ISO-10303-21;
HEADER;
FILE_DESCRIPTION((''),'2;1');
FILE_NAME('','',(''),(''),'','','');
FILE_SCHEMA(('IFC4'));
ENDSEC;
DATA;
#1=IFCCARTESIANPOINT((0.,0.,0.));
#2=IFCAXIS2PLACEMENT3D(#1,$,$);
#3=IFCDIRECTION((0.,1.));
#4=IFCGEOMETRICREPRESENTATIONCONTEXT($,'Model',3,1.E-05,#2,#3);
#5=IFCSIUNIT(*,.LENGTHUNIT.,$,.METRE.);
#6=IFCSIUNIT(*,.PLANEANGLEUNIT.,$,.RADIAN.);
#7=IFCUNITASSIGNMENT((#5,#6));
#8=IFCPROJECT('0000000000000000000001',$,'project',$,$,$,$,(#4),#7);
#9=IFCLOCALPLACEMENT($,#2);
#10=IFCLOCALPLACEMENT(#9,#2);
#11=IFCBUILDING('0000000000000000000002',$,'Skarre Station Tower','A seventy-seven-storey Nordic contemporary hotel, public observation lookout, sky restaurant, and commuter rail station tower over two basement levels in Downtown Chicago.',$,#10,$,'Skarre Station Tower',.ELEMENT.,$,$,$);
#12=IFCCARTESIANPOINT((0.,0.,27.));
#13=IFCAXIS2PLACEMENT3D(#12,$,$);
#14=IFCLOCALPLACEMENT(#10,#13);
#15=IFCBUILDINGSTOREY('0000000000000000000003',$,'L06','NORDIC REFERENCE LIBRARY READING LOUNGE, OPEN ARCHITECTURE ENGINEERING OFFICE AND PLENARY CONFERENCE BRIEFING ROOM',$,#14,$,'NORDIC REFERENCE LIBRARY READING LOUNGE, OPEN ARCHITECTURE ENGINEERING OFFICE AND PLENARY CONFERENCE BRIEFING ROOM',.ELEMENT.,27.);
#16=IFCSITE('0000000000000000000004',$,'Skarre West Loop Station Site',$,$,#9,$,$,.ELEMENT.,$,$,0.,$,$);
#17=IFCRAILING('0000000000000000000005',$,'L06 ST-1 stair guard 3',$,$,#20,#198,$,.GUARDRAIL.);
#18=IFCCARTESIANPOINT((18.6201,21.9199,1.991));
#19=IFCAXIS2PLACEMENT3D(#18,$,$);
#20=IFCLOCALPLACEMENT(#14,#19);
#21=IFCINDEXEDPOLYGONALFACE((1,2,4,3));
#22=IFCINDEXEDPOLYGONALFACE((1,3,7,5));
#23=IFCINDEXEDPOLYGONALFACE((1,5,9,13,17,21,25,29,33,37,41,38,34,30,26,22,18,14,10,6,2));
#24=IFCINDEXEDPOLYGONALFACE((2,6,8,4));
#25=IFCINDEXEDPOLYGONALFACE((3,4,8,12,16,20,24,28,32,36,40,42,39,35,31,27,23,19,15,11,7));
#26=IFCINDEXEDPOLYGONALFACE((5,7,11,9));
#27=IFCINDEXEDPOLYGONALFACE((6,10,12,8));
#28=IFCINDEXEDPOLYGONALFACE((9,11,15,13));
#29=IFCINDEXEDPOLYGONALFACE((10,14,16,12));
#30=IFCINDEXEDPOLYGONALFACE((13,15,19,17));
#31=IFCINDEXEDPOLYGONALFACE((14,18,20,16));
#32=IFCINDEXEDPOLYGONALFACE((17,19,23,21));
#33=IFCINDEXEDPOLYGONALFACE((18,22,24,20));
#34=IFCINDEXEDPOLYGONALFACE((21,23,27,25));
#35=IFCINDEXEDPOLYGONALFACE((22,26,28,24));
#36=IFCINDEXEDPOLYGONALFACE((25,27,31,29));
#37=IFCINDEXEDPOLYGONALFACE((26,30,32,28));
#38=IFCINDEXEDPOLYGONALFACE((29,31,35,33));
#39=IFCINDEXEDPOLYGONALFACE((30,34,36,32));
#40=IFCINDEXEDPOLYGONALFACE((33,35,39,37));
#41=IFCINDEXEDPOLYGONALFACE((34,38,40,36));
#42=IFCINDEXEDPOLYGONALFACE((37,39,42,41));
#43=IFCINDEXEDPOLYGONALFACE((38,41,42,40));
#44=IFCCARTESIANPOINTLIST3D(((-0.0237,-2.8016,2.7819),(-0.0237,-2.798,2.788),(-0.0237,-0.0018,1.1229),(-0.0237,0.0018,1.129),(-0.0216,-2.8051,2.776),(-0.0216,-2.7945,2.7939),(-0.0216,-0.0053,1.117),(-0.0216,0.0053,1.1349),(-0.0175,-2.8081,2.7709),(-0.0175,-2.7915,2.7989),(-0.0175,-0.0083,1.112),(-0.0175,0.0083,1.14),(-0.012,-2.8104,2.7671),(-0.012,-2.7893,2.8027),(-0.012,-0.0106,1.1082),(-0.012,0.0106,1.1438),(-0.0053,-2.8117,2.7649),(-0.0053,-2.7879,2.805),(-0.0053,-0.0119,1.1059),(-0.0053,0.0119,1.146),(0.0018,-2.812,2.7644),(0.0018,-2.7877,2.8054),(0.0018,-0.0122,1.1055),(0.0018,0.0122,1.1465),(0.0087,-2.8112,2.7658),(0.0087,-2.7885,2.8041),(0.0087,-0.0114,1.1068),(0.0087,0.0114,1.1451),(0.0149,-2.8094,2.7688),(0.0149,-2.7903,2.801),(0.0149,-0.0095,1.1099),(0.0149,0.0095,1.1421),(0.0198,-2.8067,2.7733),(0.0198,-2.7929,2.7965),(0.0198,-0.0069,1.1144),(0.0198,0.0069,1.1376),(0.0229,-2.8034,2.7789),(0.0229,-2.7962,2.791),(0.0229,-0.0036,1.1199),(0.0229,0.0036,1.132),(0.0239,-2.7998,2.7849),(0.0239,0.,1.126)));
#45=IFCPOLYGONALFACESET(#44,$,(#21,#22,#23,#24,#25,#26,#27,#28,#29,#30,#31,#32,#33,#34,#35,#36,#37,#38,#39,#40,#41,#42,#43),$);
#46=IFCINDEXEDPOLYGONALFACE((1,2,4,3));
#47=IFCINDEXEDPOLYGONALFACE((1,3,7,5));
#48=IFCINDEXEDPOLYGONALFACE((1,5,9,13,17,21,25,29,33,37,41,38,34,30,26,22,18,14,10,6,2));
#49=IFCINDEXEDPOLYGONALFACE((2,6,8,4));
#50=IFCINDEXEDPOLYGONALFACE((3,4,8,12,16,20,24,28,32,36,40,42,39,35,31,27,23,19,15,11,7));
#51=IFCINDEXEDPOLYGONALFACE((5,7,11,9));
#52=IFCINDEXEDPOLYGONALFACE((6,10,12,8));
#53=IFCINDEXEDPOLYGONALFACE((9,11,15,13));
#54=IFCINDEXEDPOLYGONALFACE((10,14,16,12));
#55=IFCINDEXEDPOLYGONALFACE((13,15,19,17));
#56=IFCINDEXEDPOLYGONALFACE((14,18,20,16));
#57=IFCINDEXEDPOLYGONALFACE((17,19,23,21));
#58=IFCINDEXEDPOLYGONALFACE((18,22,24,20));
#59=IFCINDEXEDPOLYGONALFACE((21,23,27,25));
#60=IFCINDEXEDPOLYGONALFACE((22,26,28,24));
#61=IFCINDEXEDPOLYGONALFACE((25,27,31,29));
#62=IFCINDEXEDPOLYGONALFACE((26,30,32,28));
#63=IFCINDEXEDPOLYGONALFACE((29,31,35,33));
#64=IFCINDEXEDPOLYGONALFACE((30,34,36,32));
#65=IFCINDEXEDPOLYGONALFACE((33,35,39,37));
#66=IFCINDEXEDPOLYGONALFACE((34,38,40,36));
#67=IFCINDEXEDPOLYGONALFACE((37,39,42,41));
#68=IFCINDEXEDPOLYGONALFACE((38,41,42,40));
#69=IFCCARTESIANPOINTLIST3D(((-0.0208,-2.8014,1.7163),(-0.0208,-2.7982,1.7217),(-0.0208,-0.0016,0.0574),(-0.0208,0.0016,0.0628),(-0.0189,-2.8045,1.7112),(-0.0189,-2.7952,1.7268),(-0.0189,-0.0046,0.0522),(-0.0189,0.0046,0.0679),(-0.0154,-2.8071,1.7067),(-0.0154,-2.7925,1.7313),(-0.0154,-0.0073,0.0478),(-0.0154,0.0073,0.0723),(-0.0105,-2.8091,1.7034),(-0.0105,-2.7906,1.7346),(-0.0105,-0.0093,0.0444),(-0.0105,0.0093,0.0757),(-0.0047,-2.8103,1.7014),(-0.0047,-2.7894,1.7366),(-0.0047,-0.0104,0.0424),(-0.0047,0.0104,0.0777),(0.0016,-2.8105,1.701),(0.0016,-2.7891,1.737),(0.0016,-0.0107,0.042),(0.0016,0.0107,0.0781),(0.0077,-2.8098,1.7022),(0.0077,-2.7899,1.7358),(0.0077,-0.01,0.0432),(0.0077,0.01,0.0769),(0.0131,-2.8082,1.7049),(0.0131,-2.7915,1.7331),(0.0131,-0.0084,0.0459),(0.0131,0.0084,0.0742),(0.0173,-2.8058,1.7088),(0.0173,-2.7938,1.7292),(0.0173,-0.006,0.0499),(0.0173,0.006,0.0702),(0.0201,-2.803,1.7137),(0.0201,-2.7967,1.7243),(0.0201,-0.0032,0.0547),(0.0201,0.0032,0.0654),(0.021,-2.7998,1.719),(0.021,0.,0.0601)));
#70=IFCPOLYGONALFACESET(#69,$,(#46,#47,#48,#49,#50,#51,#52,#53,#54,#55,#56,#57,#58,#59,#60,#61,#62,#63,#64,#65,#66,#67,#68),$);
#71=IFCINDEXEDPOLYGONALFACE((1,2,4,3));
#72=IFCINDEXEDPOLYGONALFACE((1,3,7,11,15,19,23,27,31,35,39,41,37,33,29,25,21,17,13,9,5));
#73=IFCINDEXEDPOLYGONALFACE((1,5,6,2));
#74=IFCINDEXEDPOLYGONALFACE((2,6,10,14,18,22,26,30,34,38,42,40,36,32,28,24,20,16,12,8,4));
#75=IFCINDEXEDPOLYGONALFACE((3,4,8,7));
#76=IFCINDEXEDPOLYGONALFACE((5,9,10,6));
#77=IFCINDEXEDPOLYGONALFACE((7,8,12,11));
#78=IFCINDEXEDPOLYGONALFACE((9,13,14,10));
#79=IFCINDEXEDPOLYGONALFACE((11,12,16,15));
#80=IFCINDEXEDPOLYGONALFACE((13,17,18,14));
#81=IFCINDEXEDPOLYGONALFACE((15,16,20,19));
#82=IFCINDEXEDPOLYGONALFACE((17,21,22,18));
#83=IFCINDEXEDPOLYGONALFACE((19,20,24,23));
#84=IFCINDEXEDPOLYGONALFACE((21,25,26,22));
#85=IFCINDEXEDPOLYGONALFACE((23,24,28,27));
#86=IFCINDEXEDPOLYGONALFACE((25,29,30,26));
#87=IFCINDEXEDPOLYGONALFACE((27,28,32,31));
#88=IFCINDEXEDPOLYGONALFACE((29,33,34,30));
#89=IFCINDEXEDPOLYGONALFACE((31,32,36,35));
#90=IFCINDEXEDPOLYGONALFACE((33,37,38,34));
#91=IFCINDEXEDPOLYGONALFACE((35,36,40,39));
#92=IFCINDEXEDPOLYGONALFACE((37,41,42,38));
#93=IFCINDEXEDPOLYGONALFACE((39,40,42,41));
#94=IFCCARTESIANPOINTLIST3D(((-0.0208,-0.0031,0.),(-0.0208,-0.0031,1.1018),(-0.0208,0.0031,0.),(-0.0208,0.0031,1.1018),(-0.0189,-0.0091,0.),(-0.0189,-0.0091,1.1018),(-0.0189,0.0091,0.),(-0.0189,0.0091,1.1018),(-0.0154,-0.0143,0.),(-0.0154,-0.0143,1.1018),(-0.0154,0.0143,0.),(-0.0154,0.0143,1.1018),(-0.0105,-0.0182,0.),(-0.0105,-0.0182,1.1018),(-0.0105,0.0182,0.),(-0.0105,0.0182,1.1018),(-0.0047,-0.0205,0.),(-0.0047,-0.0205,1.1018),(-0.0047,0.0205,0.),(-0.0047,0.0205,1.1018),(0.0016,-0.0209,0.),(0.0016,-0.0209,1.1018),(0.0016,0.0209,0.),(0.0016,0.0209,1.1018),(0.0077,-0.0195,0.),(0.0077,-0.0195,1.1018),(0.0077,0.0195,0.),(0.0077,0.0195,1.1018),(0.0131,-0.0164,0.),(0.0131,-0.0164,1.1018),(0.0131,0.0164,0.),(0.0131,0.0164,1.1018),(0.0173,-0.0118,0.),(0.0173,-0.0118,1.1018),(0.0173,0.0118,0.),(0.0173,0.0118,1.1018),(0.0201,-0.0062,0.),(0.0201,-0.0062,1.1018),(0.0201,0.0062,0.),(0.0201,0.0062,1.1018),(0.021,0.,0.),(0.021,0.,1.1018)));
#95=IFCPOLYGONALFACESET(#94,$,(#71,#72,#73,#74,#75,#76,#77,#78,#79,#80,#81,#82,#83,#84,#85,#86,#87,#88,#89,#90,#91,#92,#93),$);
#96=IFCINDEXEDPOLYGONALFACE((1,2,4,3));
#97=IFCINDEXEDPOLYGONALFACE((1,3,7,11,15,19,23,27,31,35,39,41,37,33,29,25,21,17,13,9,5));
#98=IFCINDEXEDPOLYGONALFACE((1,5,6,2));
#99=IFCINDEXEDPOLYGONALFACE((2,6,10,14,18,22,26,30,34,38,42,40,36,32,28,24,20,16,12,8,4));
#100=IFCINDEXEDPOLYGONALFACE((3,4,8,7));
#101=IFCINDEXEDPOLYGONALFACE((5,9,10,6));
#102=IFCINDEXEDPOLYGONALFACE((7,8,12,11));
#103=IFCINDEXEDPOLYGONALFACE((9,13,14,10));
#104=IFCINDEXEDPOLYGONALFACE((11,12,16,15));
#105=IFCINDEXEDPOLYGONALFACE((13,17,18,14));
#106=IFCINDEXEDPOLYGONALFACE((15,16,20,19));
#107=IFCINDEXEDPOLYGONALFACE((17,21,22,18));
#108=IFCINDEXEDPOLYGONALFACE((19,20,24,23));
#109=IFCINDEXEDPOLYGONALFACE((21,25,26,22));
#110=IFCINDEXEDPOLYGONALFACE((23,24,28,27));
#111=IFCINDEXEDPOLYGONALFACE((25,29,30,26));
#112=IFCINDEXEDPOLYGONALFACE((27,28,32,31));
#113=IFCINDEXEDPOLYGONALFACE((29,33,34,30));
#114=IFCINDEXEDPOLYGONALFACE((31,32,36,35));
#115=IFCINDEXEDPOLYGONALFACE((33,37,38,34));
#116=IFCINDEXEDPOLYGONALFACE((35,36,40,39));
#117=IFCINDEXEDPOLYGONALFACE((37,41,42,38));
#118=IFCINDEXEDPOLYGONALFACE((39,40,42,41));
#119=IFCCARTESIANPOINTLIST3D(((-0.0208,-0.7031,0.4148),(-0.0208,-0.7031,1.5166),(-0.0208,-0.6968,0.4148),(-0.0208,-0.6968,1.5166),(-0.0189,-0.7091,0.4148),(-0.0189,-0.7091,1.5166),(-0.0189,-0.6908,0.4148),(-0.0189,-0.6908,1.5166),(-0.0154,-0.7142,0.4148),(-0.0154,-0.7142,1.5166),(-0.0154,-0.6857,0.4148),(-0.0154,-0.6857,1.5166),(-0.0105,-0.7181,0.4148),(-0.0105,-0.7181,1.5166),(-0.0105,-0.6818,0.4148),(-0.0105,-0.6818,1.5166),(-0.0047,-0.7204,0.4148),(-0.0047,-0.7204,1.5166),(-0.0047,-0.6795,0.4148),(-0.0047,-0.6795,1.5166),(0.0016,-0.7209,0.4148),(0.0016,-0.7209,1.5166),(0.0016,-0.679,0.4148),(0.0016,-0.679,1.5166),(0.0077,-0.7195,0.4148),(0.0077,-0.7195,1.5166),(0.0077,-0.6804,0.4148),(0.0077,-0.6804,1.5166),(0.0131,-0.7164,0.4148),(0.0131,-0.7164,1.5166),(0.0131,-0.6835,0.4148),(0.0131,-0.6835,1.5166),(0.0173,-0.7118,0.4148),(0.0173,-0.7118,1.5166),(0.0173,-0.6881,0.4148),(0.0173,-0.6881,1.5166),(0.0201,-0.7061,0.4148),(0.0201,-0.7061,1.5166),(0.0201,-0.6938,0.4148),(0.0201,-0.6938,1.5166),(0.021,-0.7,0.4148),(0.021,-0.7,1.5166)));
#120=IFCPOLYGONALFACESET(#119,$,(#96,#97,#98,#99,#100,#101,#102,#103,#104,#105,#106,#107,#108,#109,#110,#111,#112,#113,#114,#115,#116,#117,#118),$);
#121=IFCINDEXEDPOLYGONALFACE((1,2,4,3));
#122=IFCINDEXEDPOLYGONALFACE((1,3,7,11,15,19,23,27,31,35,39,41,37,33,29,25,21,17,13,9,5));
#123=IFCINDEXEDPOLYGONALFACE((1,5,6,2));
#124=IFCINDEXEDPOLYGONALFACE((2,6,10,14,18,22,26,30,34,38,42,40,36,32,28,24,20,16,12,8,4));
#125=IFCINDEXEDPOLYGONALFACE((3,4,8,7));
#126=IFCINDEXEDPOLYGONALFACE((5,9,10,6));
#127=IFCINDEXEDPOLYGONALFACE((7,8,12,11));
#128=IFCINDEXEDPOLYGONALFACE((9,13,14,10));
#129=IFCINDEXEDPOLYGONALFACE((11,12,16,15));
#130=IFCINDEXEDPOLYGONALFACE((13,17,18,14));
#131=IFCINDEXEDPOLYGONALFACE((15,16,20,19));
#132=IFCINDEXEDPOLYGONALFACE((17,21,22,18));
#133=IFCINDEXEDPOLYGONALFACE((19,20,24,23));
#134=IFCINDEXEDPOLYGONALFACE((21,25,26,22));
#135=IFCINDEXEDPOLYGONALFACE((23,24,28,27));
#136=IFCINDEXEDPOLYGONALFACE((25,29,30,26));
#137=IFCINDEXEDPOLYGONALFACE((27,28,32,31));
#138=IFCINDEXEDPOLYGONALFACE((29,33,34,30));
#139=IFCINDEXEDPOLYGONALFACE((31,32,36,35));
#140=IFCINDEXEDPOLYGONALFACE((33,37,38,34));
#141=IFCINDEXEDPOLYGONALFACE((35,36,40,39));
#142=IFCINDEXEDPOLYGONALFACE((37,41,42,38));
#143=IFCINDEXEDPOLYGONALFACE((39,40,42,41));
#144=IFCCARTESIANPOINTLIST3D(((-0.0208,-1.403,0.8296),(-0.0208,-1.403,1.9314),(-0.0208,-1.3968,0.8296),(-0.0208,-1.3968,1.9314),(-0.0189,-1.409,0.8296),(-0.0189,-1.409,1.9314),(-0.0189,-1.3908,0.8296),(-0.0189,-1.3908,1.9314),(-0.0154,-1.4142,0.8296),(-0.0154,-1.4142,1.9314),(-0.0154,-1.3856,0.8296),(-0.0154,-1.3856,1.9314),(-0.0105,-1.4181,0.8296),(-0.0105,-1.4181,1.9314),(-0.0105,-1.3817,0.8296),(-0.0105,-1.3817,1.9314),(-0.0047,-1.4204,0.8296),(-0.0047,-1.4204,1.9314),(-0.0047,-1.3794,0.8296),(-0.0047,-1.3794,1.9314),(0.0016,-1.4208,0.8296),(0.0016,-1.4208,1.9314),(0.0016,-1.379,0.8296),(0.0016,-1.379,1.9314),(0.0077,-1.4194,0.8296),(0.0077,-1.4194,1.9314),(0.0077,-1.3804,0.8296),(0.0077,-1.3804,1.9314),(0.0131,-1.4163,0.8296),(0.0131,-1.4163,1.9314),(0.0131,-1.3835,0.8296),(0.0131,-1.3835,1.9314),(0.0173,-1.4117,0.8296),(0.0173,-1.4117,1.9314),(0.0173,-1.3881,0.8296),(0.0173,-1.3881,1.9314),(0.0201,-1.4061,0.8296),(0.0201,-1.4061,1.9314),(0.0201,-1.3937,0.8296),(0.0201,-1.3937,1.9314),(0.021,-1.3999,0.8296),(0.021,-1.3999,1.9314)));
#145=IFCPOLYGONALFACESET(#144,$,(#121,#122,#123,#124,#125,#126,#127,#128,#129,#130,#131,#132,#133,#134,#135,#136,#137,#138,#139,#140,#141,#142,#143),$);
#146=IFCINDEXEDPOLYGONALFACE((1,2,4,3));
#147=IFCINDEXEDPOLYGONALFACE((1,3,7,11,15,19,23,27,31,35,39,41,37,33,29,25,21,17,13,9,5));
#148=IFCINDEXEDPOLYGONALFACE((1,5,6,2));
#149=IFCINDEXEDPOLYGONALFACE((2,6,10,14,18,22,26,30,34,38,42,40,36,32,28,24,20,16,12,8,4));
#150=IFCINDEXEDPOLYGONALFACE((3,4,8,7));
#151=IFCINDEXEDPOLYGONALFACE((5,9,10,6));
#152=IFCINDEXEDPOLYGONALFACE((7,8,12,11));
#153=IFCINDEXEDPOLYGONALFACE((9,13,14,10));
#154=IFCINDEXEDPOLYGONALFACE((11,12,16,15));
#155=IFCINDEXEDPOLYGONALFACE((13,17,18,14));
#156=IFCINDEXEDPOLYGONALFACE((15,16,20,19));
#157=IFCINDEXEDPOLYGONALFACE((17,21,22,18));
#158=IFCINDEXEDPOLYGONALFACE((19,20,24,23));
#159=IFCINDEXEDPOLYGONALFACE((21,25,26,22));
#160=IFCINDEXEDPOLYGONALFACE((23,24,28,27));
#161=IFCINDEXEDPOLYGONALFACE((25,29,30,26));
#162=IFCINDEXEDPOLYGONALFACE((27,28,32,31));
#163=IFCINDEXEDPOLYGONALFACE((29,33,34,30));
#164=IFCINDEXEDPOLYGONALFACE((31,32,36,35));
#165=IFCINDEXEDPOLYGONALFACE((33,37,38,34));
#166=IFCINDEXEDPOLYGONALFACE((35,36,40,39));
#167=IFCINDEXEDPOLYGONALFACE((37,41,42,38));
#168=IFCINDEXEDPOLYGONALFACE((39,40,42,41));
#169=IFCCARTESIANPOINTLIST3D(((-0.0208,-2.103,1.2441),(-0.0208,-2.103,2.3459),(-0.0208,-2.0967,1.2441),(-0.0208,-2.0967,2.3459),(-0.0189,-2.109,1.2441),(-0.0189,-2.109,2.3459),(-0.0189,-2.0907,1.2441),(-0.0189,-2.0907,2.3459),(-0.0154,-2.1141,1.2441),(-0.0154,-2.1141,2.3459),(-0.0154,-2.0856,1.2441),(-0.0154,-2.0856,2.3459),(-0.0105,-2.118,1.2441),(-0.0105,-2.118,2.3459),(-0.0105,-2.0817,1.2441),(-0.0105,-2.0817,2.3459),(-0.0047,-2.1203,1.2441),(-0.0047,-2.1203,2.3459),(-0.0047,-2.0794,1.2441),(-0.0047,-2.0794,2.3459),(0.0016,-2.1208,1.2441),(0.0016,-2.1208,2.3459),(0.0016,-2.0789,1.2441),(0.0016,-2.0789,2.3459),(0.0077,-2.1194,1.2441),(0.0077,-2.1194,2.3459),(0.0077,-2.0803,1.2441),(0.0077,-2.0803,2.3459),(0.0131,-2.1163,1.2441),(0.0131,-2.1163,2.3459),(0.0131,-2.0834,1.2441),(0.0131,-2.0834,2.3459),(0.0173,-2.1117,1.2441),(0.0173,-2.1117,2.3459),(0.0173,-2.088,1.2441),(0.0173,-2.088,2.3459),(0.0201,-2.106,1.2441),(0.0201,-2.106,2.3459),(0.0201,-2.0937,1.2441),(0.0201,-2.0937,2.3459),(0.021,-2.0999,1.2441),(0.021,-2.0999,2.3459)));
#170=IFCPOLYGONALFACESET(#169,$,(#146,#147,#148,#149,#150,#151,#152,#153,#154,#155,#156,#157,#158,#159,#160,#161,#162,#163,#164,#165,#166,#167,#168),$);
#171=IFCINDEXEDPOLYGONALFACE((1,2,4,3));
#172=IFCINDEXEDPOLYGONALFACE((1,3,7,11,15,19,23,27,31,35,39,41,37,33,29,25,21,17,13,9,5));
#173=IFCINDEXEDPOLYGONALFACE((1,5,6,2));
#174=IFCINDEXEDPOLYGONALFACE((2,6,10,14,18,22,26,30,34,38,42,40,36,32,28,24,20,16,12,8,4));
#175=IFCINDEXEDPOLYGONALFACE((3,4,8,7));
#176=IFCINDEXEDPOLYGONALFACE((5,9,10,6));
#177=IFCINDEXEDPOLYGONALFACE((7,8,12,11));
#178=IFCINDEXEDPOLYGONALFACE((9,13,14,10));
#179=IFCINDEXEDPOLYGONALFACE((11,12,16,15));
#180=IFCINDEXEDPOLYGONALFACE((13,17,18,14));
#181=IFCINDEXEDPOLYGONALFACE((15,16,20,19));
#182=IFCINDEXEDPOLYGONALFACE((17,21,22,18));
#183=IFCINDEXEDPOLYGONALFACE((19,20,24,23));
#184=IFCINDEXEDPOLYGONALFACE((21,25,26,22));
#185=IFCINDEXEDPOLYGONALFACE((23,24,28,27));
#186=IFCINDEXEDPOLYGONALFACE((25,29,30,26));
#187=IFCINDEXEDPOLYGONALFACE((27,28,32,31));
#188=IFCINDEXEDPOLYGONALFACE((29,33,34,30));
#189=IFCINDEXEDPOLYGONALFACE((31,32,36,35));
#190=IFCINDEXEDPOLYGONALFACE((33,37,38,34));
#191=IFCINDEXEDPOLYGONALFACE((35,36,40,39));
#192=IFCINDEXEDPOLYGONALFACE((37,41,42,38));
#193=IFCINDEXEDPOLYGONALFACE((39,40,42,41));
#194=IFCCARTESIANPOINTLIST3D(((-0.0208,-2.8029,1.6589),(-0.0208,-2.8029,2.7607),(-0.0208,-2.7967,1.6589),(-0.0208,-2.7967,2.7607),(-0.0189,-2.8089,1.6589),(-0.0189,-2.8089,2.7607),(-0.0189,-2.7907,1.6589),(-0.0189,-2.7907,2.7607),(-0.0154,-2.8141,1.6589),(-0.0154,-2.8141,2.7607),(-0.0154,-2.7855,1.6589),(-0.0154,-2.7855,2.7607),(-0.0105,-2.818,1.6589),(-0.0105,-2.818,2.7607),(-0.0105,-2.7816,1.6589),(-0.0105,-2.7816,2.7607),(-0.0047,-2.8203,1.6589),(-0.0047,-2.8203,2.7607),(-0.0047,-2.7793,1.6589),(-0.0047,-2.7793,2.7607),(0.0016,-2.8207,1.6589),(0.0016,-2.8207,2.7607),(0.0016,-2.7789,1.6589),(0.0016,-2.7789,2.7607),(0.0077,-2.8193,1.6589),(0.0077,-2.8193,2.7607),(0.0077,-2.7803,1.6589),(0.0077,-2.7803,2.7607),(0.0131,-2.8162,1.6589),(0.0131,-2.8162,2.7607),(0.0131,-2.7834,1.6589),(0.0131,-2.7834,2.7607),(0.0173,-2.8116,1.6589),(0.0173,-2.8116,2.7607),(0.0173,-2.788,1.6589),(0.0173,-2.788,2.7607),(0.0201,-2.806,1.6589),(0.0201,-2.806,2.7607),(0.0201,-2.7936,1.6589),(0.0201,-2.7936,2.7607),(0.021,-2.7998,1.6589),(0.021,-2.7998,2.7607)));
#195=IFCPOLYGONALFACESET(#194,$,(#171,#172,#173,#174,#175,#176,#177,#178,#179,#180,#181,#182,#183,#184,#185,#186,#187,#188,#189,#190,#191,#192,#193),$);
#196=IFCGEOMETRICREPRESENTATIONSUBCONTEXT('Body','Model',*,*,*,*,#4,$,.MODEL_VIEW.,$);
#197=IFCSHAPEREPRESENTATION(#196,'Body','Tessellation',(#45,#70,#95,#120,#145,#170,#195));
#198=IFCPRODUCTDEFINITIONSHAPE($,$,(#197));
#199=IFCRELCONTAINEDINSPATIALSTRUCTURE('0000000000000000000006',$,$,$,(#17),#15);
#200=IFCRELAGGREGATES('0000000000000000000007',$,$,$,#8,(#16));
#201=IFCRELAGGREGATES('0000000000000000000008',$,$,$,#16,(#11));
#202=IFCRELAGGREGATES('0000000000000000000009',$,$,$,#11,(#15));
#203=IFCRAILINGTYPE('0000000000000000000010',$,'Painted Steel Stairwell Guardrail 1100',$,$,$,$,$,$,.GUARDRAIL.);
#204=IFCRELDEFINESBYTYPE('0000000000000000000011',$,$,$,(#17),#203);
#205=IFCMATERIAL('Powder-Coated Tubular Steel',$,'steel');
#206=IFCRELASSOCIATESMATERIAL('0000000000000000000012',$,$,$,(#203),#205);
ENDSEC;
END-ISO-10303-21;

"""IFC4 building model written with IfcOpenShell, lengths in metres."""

from ifc_helpers import new_model, si_unit, direction, frame, origin, origin_2d, place, context, subcontext, project, spatial, circle, extrude, material, type_object, element, save


model = new_model("IFC4")

# Units and contexts
model_context = context("Model", 3, precision=1e-05, world=origin(), true_north=direction((0.0, 1.0)))
body_context = subcontext(model_context, "Body", "Model", "MODEL_VIEW")
ifc_project = project(units=[si_unit("LENGTHUNIT", "METRE"), si_unit("PLANEANGLEUNIT", "RADIAN")], contexts=[model_context])

# Site, building, storey
site_placement = place(None, origin())
site = spatial("IfcSite", under=ifc_project, at=site_placement, Name="Skarre West Loop Station Site", CompositionType="ELEMENT", RefElevation=0.0)
building_placement = place(site_placement, origin())
building = spatial("IfcBuilding", under=site, at=building_placement, Name="Skarre Station Tower", Description="A seventy-seven-storey Nordic contemporary hotel, public observation lookout, sky restaurant, and commuter rail station tower over two basement levels in Downtown Chicago.", LongName="Skarre Station Tower", CompositionType="ELEMENT")
storey_placement = place(building_placement, frame((0.0, 0.0, 27.0)))
storey = spatial("IfcBuildingStorey", under=building, at=storey_placement, Name="L06", Description="NORDIC REFERENCE LIBRARY READING LOUNGE, OPEN ARCHITECTURE ENGINEERING OFFICE AND PLENARY CONFERENCE BRIEFING ROOM", LongName="NORDIC REFERENCE LIBRARY READING LOUNGE, OPEN ARCHITECTURE ENGINEERING OFFICE AND PLENARY CONFERENCE BRIEFING ROOM", CompositionType="ELEMENT", Elevation=27.0)

# Railing
ifc_material_1 = material(Name="Powder-Coated Tubular Steel", Category="steel")
railing_type_1 = type_object("IfcRailingType", Name="Painted Steel Stairwell Guardrail 1100", PredefinedType="GUARDRAIL", material=ifc_material_1)
railing_1_placement = place(storey_placement, frame((18.6201, 21.9199, 1.991)))
element("IfcRailing", 1, at=railing_1_placement, inside=storey, type_object=railing_type_1, Name="L06 ST-1 stair guard 3", PredefinedType="GUARDRAIL", context=body_context, shape_type="SweptSolid", body=[
    extrude(circle(Radius=0.0239, at=origin_2d()), frame((0.0, 0.0, 1.126), z_axis=(0.0, -0.86032, 0.509755), x_axis=(1.0, 0.0, 0.0)), (0.0, 0.0, 1.0), 3.2544),
    extrude(circle(Radius=0.021, at=origin_2d()), frame((0.0, 0.0, 0.0601), z_axis=(0.0, -0.86032, 0.509755), x_axis=(1.0, 0.0, 0.0)), (0.0, 0.0, 1.0), 3.2544),
    extrude(circle(Radius=0.021, at=origin_2d()), origin(), (0.0, 0.0, 1.0), 1.1018),
    extrude(circle(Radius=0.021, at=origin_2d()), frame((0.0, -0.7, 0.4148)), (0.0, 0.0, 1.0), 1.1018),
    extrude(circle(Radius=0.021, at=origin_2d()), frame((0.0, -1.3999, 0.8296)), (0.0, 0.0, 1.0), 1.1018),
    extrude(circle(Radius=0.021, at=origin_2d()), frame((0.0, -2.0999, 1.2441)), (0.0, 0.0, 1.0), 1.1018),
    extrude(circle(Radius=0.021, at=origin_2d()), frame((0.0, -2.7998, 1.6589)), (0.0, 0.0, 1.0), 1.1018),
])

save(model, "model.ifc")
